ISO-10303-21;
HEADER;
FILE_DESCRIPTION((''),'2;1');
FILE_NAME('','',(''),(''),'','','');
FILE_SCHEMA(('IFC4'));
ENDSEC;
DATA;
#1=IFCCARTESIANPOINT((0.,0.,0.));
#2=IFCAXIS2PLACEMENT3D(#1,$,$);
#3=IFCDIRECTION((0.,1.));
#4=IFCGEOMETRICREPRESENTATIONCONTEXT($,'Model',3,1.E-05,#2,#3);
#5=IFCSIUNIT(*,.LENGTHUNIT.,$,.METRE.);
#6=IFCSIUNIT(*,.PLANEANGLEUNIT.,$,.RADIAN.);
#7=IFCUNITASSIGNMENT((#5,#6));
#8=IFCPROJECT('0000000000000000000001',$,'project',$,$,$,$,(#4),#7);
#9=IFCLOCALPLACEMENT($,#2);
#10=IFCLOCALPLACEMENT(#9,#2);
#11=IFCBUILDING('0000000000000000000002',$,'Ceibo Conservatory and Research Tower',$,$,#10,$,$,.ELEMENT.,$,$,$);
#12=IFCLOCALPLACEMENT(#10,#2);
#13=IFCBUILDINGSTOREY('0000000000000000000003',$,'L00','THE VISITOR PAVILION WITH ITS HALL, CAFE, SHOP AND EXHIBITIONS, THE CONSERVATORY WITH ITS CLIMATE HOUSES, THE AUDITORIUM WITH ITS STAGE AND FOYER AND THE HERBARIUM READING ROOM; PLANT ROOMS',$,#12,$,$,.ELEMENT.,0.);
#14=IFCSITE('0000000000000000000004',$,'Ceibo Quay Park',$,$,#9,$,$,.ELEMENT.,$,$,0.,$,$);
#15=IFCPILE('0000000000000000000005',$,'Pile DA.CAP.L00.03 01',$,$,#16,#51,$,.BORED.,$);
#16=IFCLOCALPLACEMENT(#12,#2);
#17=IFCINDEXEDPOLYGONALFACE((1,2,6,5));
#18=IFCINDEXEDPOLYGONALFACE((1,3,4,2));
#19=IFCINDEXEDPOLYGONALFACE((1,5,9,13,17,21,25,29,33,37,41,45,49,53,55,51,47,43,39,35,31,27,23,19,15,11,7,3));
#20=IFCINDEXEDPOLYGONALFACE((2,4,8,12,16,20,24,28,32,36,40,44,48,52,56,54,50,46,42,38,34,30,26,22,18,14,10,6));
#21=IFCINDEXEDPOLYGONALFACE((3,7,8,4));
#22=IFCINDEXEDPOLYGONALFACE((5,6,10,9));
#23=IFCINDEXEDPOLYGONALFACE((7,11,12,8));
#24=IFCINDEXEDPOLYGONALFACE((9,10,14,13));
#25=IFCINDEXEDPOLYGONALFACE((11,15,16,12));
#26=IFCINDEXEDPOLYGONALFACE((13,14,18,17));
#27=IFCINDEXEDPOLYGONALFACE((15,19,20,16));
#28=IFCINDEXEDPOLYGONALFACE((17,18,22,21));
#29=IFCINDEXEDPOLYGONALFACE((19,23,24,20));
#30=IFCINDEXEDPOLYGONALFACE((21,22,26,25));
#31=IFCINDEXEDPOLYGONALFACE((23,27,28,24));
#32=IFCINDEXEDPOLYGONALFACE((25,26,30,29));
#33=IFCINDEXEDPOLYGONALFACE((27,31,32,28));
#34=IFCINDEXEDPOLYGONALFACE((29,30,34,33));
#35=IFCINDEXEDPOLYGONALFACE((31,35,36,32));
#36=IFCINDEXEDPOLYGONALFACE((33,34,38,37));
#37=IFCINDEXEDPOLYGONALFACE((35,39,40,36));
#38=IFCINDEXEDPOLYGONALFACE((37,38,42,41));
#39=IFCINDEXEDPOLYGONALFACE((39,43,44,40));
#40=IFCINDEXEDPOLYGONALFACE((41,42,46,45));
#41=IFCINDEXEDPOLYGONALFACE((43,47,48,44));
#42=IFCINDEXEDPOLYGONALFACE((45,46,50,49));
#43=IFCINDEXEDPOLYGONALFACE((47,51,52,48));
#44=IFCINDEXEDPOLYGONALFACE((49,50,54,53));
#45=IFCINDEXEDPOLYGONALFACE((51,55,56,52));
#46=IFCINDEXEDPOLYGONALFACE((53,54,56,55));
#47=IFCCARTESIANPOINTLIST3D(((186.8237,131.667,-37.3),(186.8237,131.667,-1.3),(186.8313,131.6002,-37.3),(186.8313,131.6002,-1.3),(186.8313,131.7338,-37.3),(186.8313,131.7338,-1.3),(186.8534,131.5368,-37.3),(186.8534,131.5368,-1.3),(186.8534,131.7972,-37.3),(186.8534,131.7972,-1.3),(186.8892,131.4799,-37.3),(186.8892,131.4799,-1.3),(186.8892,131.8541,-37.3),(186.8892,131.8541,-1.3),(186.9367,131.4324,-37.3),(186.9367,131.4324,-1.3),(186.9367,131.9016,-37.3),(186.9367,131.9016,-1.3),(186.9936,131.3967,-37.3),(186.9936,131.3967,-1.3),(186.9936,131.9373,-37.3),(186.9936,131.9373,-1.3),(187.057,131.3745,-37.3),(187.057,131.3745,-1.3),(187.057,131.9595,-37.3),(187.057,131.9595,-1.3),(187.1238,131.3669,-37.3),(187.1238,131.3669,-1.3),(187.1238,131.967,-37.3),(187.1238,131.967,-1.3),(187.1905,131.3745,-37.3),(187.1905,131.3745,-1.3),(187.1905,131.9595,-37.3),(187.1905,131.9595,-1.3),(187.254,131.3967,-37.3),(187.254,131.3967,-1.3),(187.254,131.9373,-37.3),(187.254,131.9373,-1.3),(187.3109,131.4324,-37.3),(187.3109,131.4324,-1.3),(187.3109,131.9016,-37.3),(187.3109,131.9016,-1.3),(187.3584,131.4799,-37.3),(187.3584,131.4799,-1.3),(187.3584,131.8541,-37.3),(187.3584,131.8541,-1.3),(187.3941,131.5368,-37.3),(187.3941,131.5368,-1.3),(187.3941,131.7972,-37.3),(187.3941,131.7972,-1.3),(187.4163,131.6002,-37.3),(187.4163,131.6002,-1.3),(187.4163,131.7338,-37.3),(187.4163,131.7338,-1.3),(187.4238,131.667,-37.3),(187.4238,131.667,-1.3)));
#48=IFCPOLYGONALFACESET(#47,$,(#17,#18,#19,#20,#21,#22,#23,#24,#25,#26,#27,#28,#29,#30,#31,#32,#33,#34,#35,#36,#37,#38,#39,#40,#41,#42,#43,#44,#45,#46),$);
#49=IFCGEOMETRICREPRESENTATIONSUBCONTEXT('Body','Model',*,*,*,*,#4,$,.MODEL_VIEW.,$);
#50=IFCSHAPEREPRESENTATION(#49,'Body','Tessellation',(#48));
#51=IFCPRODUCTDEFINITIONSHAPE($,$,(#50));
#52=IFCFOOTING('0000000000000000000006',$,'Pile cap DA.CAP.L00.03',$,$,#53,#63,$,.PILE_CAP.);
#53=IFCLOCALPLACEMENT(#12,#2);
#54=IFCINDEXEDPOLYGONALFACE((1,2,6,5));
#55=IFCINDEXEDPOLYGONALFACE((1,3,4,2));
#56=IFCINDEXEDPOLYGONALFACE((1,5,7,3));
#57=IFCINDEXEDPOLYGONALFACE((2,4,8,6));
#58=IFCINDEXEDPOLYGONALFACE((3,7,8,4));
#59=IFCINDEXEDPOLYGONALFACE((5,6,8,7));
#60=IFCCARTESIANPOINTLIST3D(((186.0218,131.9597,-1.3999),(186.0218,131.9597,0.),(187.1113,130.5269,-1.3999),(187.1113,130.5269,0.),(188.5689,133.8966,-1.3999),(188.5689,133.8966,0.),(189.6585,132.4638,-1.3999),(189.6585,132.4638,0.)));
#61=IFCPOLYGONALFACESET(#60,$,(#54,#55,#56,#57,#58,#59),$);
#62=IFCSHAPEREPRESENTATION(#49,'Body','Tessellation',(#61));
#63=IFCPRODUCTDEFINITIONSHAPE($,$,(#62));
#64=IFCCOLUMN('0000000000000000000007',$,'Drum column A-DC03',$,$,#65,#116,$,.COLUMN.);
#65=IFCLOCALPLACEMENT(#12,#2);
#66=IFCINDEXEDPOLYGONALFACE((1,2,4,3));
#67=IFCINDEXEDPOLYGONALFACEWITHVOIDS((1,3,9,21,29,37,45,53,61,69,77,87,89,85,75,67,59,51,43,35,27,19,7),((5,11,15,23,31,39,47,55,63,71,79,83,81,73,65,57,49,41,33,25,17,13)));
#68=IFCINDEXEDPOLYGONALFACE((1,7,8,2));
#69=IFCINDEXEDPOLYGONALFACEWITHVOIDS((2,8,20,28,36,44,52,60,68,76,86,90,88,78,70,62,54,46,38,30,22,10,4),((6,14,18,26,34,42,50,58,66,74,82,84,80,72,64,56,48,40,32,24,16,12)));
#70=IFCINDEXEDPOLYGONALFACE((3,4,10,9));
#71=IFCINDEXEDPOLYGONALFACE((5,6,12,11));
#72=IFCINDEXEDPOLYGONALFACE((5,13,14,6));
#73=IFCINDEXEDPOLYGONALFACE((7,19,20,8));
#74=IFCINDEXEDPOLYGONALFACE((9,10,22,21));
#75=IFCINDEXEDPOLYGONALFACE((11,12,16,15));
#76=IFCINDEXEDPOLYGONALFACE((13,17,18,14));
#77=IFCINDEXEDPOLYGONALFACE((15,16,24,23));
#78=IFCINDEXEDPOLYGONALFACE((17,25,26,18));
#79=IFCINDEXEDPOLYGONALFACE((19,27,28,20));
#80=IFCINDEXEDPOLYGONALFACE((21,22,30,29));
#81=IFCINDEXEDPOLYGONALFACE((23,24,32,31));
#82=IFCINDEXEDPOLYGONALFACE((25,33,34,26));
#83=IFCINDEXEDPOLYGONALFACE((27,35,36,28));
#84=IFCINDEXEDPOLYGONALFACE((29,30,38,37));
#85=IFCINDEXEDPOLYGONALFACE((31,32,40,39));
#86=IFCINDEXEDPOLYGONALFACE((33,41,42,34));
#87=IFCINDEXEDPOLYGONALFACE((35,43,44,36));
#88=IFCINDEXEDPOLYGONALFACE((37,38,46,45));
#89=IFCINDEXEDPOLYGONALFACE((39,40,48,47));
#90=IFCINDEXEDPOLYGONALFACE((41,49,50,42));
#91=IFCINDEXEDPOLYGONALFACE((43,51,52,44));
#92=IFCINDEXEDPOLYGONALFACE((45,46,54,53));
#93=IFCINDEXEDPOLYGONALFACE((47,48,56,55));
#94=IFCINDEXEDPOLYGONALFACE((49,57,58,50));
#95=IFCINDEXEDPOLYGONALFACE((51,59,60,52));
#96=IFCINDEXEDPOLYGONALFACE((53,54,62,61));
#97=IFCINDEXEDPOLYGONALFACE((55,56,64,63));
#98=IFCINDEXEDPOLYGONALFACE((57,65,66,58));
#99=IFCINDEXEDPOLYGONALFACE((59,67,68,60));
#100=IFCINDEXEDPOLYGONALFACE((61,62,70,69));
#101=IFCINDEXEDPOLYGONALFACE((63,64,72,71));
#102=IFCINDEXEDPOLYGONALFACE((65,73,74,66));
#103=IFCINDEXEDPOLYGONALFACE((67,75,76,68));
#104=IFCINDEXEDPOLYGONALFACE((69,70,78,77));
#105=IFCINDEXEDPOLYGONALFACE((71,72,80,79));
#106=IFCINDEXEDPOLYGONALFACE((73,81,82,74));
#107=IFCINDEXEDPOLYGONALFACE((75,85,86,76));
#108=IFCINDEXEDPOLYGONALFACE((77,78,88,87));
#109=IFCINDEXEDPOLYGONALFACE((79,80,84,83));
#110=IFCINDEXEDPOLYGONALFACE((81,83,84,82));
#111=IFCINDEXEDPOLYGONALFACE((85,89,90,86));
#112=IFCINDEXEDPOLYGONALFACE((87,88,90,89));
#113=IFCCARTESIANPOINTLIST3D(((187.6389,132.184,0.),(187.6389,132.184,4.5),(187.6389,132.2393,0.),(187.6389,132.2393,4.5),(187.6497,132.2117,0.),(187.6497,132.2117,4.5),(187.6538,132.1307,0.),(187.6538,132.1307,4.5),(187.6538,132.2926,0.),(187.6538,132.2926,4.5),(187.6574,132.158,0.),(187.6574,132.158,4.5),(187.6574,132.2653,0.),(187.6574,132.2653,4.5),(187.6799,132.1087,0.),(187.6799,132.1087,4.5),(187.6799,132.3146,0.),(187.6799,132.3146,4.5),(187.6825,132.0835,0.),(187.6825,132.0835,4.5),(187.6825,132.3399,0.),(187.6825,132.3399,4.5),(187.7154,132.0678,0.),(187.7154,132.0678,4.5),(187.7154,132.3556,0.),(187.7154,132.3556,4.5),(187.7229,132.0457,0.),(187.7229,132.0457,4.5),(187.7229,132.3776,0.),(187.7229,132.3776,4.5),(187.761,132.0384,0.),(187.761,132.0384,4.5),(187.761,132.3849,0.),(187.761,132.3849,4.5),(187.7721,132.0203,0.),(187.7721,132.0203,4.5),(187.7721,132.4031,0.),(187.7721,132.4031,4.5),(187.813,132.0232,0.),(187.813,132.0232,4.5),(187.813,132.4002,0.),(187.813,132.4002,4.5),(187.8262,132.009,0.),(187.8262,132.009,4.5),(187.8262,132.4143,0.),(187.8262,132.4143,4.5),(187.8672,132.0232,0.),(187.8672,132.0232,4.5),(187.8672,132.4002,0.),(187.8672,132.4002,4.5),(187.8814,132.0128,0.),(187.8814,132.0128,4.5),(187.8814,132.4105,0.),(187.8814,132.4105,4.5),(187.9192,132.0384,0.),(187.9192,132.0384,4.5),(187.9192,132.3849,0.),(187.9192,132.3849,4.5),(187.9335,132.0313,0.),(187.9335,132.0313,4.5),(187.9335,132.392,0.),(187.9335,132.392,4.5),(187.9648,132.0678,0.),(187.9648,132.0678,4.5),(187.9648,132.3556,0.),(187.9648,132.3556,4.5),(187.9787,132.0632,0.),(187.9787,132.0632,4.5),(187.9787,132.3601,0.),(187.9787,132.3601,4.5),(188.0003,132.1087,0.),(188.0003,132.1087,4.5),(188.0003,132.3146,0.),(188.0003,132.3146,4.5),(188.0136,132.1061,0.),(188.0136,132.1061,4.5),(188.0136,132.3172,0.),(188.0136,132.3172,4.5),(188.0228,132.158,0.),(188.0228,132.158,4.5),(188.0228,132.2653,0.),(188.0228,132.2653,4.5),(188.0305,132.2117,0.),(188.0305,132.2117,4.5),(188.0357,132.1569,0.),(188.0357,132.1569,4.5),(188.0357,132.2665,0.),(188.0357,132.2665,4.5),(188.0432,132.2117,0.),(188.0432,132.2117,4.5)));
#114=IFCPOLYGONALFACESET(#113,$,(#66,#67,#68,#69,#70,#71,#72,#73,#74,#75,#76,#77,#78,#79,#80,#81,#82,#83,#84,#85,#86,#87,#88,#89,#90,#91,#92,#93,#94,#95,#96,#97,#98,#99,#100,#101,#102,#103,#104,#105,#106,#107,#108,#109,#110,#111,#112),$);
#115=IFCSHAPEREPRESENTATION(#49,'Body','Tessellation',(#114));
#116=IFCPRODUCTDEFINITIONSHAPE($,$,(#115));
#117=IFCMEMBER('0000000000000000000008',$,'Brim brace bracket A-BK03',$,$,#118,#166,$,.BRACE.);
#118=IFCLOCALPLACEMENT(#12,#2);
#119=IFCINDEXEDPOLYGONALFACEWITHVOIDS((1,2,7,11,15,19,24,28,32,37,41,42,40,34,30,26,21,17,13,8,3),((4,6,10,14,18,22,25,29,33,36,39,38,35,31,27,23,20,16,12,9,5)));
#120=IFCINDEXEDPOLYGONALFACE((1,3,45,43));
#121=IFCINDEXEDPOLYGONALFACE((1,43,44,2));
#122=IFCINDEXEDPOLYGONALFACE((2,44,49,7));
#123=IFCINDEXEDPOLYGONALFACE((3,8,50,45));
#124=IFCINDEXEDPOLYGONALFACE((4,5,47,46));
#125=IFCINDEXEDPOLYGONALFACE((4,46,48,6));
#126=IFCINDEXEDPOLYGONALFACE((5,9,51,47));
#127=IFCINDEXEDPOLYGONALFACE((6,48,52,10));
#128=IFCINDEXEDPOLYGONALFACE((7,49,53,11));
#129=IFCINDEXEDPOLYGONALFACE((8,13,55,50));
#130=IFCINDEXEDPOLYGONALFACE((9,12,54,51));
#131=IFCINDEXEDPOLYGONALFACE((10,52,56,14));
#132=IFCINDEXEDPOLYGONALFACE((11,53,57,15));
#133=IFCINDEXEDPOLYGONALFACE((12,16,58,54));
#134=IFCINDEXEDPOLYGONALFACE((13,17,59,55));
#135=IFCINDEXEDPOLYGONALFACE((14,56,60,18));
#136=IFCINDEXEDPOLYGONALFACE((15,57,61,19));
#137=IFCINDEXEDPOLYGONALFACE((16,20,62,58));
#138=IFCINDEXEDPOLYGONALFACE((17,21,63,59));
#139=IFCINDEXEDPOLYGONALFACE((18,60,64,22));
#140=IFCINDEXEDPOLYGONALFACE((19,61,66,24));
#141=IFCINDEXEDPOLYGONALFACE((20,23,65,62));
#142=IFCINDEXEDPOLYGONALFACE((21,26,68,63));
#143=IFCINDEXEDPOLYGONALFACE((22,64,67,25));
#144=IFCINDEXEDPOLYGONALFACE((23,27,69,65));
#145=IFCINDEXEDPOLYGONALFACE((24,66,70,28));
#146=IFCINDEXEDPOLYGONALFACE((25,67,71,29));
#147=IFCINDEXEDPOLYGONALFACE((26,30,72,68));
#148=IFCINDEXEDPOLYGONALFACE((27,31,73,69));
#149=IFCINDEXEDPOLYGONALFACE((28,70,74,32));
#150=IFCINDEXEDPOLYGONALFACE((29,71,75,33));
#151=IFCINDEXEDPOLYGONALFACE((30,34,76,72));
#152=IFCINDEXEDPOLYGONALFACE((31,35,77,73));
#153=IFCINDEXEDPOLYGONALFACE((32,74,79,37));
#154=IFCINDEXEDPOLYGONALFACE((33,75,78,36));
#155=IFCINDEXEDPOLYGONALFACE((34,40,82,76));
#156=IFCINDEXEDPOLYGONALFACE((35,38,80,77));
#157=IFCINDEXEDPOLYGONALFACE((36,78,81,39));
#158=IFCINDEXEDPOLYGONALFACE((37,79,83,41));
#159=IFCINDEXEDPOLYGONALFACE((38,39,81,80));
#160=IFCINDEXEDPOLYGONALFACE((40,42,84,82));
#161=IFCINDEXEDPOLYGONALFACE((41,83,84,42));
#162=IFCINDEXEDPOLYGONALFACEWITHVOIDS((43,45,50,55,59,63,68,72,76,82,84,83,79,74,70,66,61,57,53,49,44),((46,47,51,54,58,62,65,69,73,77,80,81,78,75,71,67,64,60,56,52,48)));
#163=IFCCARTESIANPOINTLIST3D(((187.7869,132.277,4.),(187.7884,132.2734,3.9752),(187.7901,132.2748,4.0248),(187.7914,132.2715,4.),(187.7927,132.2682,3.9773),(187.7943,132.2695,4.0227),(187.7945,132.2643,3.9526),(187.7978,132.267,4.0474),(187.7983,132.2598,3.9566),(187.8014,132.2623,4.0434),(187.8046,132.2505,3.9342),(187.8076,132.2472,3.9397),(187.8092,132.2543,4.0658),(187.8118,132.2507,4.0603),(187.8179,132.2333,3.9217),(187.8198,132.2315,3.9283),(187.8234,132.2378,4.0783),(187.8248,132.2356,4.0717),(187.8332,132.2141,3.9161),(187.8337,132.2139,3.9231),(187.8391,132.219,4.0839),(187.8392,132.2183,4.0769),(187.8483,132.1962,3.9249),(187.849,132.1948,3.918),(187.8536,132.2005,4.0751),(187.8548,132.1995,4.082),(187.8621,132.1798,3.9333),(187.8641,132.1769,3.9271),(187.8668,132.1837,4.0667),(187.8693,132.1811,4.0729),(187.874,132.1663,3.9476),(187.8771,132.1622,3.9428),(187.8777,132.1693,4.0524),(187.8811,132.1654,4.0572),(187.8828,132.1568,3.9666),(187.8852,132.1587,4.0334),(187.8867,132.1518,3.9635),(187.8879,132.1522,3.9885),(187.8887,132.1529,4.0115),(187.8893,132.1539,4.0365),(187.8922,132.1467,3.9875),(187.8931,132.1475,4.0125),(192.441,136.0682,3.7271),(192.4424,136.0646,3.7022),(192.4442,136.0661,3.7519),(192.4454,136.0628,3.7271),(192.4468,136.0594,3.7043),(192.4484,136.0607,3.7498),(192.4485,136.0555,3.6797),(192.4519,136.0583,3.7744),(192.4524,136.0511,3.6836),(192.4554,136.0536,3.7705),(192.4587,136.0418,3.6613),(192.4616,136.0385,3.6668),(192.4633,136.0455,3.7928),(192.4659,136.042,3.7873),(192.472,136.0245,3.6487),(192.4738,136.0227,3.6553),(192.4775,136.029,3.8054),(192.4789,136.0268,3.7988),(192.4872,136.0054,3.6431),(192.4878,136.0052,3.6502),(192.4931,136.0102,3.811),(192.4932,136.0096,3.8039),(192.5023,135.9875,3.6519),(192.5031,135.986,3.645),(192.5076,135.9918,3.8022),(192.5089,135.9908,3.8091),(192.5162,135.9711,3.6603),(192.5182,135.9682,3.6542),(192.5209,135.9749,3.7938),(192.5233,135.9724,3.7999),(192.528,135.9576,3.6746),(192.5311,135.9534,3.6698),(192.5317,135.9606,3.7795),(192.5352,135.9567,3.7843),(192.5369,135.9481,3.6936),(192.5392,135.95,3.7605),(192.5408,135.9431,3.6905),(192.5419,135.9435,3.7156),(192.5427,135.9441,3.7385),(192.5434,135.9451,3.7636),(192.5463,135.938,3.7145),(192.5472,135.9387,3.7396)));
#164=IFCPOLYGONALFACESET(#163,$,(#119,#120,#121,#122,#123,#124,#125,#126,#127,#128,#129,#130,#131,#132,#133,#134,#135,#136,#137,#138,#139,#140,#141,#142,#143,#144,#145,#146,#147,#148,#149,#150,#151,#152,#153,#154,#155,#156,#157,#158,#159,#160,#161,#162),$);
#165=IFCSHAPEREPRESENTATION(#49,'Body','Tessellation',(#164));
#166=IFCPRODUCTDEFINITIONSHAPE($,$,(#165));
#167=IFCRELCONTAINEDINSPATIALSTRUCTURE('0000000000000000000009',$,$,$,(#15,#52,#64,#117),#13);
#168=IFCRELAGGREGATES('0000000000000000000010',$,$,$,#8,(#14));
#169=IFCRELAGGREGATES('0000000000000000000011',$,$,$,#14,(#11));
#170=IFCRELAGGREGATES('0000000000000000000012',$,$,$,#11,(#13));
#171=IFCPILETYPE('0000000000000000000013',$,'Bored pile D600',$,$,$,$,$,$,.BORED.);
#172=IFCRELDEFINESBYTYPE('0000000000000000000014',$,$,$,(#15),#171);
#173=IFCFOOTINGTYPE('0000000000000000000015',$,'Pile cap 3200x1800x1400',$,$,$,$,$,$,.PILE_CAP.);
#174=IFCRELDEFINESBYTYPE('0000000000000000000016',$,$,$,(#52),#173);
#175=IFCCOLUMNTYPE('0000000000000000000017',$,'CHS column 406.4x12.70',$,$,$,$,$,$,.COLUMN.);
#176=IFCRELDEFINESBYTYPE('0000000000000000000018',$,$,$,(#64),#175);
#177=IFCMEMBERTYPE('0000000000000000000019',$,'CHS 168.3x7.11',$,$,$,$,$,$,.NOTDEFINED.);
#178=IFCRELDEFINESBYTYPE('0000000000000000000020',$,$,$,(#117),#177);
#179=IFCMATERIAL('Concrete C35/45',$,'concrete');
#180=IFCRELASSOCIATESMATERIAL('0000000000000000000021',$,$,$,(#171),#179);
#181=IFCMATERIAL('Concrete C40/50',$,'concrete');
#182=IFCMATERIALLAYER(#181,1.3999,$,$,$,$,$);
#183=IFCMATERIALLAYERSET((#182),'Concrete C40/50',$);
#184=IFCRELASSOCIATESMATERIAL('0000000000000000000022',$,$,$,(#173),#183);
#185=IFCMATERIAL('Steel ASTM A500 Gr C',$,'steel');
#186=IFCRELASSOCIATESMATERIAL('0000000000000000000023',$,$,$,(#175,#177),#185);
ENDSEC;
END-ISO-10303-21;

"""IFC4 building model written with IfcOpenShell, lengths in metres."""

from ifc_helpers import new_model, si_unit, direction, frame, origin, origin_2d, place, context, subcontext, project, spatial, polyline, circle, hollow_circle, outline, extrude, material, layer, layer_set, material_profile, profile_set, type_object, element, save


model = new_model("IFC4")

# Units and contexts
model_context = context("Model", 3, precision=1e-05, world=origin(), true_north=direction((0.0, 1.0)))
body_context = subcontext(model_context, "Body", "Model", "MODEL_VIEW")
ifc_project = project(units=[si_unit("LENGTHUNIT", "METRE"), si_unit("PLANEANGLEUNIT", "RADIAN")], contexts=[model_context])

# Site, building, storey
site_placement = place(None, origin())
site = spatial("IfcSite", under=ifc_project, at=site_placement, Name="Ceibo Quay Park", CompositionType="ELEMENT", RefElevation=0.0)
building_placement = place(site_placement, origin())
building = spatial("IfcBuilding", under=site, at=building_placement, Name="Ceibo Conservatory and Research Tower", CompositionType="ELEMENT")
storey_placement = place(building_placement, origin())
storey = spatial("IfcBuildingStorey", under=building, at=storey_placement, Name="L00", Description="THE VISITOR PAVILION WITH ITS HALL, CAFE, SHOP AND EXHIBITIONS, THE CONSERVATORY WITH ITS CLIMATE HOUSES, THE AUDITORIUM WITH ITS STAGE AND FOYER AND THE HERBARIUM READING ROOM; PLANT ROOMS", CompositionType="ELEMENT", Elevation=0.0)

# Pile
ifc_material_1 = material(Name="Concrete C35/45", Category="concrete")
ifc_material_profile_1 = material_profile(ifc_material_1, circle(Radius=0.3, at=origin_2d()), Name="RC D600")
ifc_profile_set_1 = profile_set([ifc_material_profile_1], Name="Concrete C35/45")
pile_type = type_object("IfcPileType", Name="Bored pile D600", PredefinedType="BORED", material=ifc_profile_set_1)
pile_placement = place(storey_placement, frame((187.1238, 131.667, -1.3), z_axis=(0.0, 0.0, -1.0), x_axis=(1.0, 0.0, 0.0)))
element("IfcPile", 1, at=pile_placement, inside=storey, type_object=pile_type, Name="Pile DA.CAP.L00.03 01", PredefinedType="BORED", context=body_context, shape_type="SweptSolid", body=[
    extrude(circle(Radius=0.3, at=origin_2d()), origin(), (0.0, 0.0, 1.0), 36.0),
])

# Footing
ifc_material_2 = material(Name="Concrete C40/50", Category="concrete")
ifc_layer_1 = layer(ifc_material_2, 1.3999)
ifc_layer_set_1 = layer_set([ifc_layer_1], Name="Concrete C40/50")
footing_type = type_object("IfcFootingType", Name="Pile cap 3200x1800x1400", PredefinedType="PILE_CAP", material=ifc_layer_set_1)
footing_placement = place(storey_placement, frame((187.1113, 130.5269, -1.3999), z_axis=(0.0, 0.0, 1.0), x_axis=(0.796002, 0.605294, 0.0)))
element("IfcFooting", 2, at=footing_placement, inside=storey, type_object=footing_type, Name="Pile cap DA.CAP.L00.03", PredefinedType="PILE_CAP", context=body_context, shape_type="SweptSolid", body=[
    extrude(outline(polyline([(0.0, 0.0), (3.2, 0.0), (3.2, 1.8), (0.0, 1.8), (0.0, 0.0)])), origin(), (0.0, 0.0, 1.0), 1.3999),
])

# Column
ifc_material_3 = material(Name="Steel ASTM A500 Gr C", Category="steel")
ifc_material_profile_2 = material_profile(ifc_material_3, hollow_circle(Radius=0.2031, WallThickness=0.0127, at=origin_2d()), Name="CHS column 406.4x12.70")
ifc_profile_set_2 = profile_set([ifc_material_profile_2], Name="Steel ASTM A500 Gr C")
column_type = type_object("IfcColumnType", Name="CHS column 406.4x12.70", PredefinedType="COLUMN", material=ifc_profile_set_2)
column_placement = place(storey_placement, frame((187.8401, 132.2117, 0.0), z_axis=(0.0, 0.0, 1.0), x_axis=(1.0, 0.0, 0.0)))
element("IfcColumn", 3, at=column_placement, inside=storey, type_object=column_type, Name="Drum column A-DC03", PredefinedType="COLUMN", context=body_context, shape_type="SweptSolid", body=[
    extrude(hollow_circle(Radius=0.2031, WallThickness=0.0127, at=origin_2d()), origin(), (0.0, 0.0, 1.0), 4.5),
])

# Member
ifc_material_profile_3 = material_profile(ifc_material_3, hollow_circle(Radius=0.0842, WallThickness=0.0071, at=origin_2d()), Name="CHS 168.3x7.11")
ifc_profile_set_3 = profile_set([ifc_material_profile_3], Name="Steel ASTM A500 Gr C")
member_type_1 = type_object("IfcMemberType", Name="CHS 168.3x7.11", PredefinedType="NOTDEFINED", material=ifc_profile_set_3)
member_1_placement = place(storey_placement, frame((187.8401, 132.2117, 4.0), z_axis=(0.774511, 0.630928, -0.045423), x_axis=(-0.63158, 0.775311, 0.0)))
element("IfcMember", 4, at=member_1_placement, inside=storey, type_object=member_type_1, Name="Brim brace bracket A-BK03", PredefinedType="BRACE", context=body_context, shape_type="SweptSolid", body=[
    extrude(hollow_circle(Radius=0.0842, WallThickness=0.0071, at=origin_2d()), origin(), (0.0, 0.0, 1.0), 6.009),
])

save(model, "model.ifc")
